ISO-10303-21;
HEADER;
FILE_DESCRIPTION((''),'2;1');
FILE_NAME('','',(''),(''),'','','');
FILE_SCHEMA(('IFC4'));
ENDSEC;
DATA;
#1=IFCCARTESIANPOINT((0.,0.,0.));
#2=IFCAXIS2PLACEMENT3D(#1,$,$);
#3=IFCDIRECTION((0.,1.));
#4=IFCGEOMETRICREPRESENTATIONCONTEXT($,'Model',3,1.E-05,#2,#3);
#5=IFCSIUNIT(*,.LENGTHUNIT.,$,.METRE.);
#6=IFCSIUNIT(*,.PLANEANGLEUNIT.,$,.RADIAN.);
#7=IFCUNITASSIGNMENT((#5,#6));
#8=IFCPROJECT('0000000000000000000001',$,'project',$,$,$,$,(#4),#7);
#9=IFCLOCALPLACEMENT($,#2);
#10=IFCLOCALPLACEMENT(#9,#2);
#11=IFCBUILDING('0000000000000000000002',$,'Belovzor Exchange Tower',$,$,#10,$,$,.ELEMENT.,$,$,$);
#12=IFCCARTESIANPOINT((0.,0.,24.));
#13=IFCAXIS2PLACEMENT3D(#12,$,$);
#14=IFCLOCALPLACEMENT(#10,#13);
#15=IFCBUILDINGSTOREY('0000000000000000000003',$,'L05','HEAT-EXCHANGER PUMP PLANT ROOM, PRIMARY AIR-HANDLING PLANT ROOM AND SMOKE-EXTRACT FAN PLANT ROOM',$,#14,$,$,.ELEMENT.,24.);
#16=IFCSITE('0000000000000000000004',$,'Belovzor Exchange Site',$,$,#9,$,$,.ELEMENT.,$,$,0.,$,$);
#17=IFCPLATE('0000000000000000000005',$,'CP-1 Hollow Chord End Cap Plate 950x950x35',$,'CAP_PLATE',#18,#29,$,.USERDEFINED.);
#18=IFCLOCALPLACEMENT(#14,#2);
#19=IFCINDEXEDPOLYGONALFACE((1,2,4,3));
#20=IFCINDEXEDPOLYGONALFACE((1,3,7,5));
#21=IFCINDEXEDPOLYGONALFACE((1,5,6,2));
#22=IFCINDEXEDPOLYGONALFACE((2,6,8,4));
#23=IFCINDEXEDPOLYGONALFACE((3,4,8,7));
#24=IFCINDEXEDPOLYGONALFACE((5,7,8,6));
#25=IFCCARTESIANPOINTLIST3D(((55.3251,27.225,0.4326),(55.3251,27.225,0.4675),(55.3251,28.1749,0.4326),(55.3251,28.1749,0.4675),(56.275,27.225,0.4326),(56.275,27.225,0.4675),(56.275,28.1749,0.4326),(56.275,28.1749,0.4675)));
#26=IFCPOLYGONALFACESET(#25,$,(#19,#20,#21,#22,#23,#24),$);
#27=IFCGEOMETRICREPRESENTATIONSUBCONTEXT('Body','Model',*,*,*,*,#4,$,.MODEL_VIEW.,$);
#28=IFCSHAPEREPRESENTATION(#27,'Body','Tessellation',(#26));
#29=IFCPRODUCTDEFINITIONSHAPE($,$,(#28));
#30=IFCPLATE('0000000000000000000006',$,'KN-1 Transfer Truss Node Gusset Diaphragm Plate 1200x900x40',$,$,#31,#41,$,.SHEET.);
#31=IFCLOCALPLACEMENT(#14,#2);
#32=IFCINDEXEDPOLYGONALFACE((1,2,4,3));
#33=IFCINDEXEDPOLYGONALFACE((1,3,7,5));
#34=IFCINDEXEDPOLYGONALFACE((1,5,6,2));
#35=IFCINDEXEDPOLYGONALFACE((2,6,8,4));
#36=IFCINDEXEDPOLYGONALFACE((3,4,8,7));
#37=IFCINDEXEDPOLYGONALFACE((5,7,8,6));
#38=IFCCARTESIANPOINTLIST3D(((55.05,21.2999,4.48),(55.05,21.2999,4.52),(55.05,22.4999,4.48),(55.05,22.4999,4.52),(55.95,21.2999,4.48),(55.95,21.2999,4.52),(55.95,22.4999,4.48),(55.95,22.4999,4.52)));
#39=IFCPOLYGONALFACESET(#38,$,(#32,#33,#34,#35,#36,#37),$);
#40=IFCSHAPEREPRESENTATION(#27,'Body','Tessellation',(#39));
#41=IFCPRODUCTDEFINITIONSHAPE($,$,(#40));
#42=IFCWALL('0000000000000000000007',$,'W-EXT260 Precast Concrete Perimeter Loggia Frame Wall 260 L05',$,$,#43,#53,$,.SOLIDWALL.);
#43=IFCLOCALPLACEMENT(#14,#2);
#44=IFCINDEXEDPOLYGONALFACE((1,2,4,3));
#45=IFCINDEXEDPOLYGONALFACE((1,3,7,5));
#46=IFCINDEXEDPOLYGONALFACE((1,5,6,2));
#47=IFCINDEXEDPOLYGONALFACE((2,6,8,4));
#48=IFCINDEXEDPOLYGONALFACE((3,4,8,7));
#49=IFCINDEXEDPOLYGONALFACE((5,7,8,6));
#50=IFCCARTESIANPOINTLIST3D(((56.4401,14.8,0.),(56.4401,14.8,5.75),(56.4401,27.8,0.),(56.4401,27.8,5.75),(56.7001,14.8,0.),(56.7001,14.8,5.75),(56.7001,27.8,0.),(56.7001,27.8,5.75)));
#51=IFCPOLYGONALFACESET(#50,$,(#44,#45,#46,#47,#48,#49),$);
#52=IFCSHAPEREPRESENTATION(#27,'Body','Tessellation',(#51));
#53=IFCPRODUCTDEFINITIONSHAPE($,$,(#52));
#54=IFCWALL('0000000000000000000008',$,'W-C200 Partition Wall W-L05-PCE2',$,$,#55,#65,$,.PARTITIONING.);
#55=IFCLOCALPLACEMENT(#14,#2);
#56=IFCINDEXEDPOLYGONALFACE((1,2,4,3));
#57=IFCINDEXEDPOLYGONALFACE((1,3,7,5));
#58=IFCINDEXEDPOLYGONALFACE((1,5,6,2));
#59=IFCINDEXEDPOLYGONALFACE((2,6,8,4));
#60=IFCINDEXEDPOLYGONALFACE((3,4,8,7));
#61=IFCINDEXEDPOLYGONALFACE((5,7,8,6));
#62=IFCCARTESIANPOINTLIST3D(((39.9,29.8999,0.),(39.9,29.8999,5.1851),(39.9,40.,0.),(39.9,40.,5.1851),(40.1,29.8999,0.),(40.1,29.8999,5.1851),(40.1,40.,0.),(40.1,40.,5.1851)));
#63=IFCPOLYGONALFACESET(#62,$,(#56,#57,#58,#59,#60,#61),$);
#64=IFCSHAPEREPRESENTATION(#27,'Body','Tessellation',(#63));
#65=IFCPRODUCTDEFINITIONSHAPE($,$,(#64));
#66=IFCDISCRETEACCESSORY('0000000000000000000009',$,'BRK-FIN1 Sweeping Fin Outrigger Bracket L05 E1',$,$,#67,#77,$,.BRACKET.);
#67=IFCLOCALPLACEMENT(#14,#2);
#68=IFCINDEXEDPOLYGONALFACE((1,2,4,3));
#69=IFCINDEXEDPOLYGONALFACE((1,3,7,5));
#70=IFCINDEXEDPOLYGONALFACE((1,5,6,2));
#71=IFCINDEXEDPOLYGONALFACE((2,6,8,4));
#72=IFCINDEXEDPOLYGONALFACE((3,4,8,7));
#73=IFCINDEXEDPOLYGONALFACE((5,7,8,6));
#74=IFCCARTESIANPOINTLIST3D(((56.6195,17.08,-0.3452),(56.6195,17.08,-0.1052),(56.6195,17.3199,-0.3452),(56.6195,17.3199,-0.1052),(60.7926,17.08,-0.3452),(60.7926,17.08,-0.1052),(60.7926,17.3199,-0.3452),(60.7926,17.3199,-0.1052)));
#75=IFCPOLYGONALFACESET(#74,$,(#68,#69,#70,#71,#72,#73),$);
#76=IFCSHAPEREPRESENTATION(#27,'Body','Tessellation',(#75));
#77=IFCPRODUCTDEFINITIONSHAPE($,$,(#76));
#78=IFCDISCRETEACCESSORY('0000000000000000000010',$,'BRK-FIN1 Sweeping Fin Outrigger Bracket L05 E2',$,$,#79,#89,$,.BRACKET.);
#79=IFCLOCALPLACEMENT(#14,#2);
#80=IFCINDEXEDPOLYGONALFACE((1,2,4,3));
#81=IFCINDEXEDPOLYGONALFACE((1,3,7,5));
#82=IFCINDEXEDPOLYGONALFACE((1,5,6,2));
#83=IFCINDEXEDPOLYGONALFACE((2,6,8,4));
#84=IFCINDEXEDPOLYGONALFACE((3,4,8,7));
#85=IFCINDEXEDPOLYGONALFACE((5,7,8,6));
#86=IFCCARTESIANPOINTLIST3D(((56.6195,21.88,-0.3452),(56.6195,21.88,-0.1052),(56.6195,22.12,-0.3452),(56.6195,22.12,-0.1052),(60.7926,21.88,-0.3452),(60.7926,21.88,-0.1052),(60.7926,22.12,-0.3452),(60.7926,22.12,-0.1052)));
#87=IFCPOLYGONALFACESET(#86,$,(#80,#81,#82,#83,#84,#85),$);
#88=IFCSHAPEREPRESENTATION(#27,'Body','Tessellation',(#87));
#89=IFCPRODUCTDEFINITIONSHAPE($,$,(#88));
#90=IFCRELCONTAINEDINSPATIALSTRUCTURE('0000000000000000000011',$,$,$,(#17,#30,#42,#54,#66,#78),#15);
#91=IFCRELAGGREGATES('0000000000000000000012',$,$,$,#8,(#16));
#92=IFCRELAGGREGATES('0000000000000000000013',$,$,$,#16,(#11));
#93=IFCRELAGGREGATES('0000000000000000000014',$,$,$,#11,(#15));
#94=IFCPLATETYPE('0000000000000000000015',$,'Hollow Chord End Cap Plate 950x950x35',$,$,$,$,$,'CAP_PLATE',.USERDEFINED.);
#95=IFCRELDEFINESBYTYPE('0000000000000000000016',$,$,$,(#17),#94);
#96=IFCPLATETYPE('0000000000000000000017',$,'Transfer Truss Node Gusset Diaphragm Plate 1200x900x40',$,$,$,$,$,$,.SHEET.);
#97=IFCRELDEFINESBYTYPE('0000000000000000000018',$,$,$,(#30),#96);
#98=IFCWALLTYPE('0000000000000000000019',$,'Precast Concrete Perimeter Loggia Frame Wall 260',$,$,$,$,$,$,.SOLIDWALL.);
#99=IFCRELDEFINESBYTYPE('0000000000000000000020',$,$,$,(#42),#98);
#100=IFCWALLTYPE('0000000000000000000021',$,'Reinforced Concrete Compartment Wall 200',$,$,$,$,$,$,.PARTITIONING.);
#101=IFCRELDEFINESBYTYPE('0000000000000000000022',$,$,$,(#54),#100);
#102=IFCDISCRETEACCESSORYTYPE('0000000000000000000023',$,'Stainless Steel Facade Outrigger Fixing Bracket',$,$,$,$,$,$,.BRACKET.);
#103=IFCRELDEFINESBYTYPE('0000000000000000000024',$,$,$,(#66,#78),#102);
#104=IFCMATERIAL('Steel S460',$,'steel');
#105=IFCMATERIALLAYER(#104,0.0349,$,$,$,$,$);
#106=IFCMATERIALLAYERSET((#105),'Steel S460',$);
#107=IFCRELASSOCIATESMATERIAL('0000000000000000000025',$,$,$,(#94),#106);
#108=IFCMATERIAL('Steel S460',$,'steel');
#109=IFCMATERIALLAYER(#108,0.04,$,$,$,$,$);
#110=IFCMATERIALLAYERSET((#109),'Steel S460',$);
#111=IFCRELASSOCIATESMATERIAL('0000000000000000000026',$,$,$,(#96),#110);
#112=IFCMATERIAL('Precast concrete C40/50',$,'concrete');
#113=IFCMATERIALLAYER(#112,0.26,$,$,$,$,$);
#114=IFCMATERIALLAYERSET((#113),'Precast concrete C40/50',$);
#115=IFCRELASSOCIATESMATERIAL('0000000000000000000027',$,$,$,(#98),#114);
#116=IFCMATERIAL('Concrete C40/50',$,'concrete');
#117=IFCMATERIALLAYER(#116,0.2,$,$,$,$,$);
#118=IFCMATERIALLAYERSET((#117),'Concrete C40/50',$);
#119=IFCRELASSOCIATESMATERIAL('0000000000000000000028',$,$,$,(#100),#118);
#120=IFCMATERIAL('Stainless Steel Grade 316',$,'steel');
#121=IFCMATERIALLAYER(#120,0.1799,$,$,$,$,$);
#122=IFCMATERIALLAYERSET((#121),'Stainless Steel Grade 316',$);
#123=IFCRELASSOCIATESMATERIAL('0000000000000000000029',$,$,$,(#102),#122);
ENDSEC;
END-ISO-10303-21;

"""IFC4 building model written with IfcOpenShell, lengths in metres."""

from ifc_helpers import new_model, si_unit, direction, frame, frame_2d, origin, origin_2d, place, context, subcontext, project, spatial, rectangle, extrude, material, layer, layer_set, type_object, element, save


model = new_model("IFC4")

# Units and contexts
model_context = context("Model", 3, precision=1e-05, world=origin(), true_north=direction((0.0, 1.0)))
body_context = subcontext(model_context, "Body", "Model", "MODEL_VIEW")
ifc_project = project(units=[si_unit("LENGTHUNIT", "METRE"), si_unit("PLANEANGLEUNIT", "RADIAN")], contexts=[model_context])

# Site, building, storey
site_placement = place(None, origin())
site = spatial("IfcSite", under=ifc_project, at=site_placement, Name="Belovzor Exchange Site", CompositionType="ELEMENT", RefElevation=0.0)
building_placement = place(site_placement, origin())
building = spatial("IfcBuilding", under=site, at=building_placement, Name="Belovzor Exchange Tower", CompositionType="ELEMENT")
storey_placement = place(building_placement, frame((0.0, 0.0, 24.0)))
storey = spatial("IfcBuildingStorey", under=building, at=storey_placement, Name="L05", Description="HEAT-EXCHANGER PUMP PLANT ROOM, PRIMARY AIR-HANDLING PLANT ROOM AND SMOKE-EXTRACT FAN PLANT ROOM", CompositionType="ELEMENT", Elevation=24.0)

# Plates
ifc_material_1 = material(Name="Steel S460", Category="steel")
ifc_layer_1 = layer(ifc_material_1, 0.0349)
ifc_layer_set_1 = layer_set([ifc_layer_1], Name="Steel S460")
plate_type_1 = type_object("IfcPlateType", Name="Hollow Chord End Cap Plate 950x950x35", ElementType="CAP_PLATE", PredefinedType="USERDEFINED", material=ifc_layer_set_1)
for number, where, z_axis, x_axis, name in (
    (1, (55.8, 27.7, 0.4326), (0.0, 0.0, 1.0), (0.0, 1.0, 0.0), "CP-1 Hollow Chord End Cap Plate 950x950x35"),
):
    element("IfcPlate", number, at=place(storey_placement, frame(where, z_axis=z_axis, x_axis=x_axis)), inside=storey, type_object=plate_type_1, Name=name, ObjectType="CAP_PLATE", PredefinedType="USERDEFINED", context=body_context, shape_type="SweptSolid", body=[
        extrude(rectangle(XDim=0.95, YDim=0.95, at=origin_2d()), origin(), (0.0, 0.0, 1.0), 0.0349),
    ])
ifc_material_2 = material(Name="Steel S460", Category="steel")
ifc_layer_2 = layer(ifc_material_2, 0.04)
ifc_layer_set_2 = layer_set([ifc_layer_2], Name="Steel S460")
plate_type_2 = type_object("IfcPlateType", Name="Transfer Truss Node Gusset Diaphragm Plate 1200x900x40", PredefinedType="SHEET", material=ifc_layer_set_2)
plate_placement = place(storey_placement, frame((55.5, 21.8999, 4.48), z_axis=(0.0, 0.0, 1.0), x_axis=(0.0, 1.0, 0.0)))
element("IfcPlate", 2, at=plate_placement, inside=storey, type_object=plate_type_2, Name="KN-1 Transfer Truss Node Gusset Diaphragm Plate 1200x900x40", PredefinedType="SHEET", context=body_context, shape_type="SweptSolid", body=[
    extrude(rectangle(XDim=1.2, YDim=0.8999, at=origin_2d()), origin(), (0.0, 0.0, 1.0), 0.04),
])

# Walls
ifc_material_3 = material(Name="Precast concrete C40/50", Category="concrete")
ifc_layer_3 = layer(ifc_material_3, 0.26)
ifc_layer_set_3 = layer_set([ifc_layer_3], Name="Precast concrete C40/50")
wall_type_1 = type_object("IfcWallType", Name="Precast Concrete Perimeter Loggia Frame Wall 260", PredefinedType="SOLIDWALL", material=ifc_layer_set_3)
wall_1_placement = place(storey_placement, frame((56.5701, 27.8, 0.0), z_axis=(0.0, 0.0, 1.0), x_axis=(0.0, -1.0, 0.0)))
element("IfcWall", 3, at=wall_1_placement, inside=storey, type_object=wall_type_1, Name="W-EXT260 Precast Concrete Perimeter Loggia Frame Wall 260 L05", PredefinedType="SOLIDWALL", context=body_context, shape_type="SweptSolid", body=[
    extrude(rectangle(XDim=13.0, YDim=0.26, at=frame_2d((6.5, 0.0))), origin(), (0.0, 0.0, 1.0), 5.75),
])
ifc_material_4 = material(Name="Concrete C40/50", Category="concrete")
ifc_layer_4 = layer(ifc_material_4, 0.2)
ifc_layer_set_4 = layer_set([ifc_layer_4], Name="Concrete C40/50")
wall_type_2 = type_object("IfcWallType", Name="Reinforced Concrete Compartment Wall 200", PredefinedType="PARTITIONING", material=ifc_layer_set_4)
wall_2_placement = place(storey_placement, frame((40.0, 29.8999, 0.0), z_axis=(0.0, 0.0, 1.0), x_axis=(0.0, 1.0, 0.0)))
element("IfcWall", 4, at=wall_2_placement, inside=storey, type_object=wall_type_2, Name="W-C200 Partition Wall W-L05-PCE2", PredefinedType="PARTITIONING", context=body_context, shape_type="SweptSolid", body=[
    extrude(rectangle(XDim=10.1001, YDim=0.2, at=frame_2d((5.05, 0.0))), origin(), (0.0, 0.0, 1.0), 5.1851),
])

# Discrete accessories
ifc_material_5 = material(Name="Stainless Steel Grade 316", Category="steel")
ifc_layer_5 = layer(ifc_material_5, 0.1799)
ifc_layer_set_5 = layer_set([ifc_layer_5], Name="Stainless Steel Grade 316")
discrete_accessory_type = type_object("IfcDiscreteAccessoryType", Name="Stainless Steel Facade Outrigger Fixing Bracket", PredefinedType="BRACKET", material=ifc_layer_set_5)
for number, where, z_axis, x_axis, name in (
    (5, (58.7061, 17.2, -0.3452), (0.0, 0.0, 1.0), (1.0, 0.0, 0.0), "BRK-FIN1 Sweeping Fin Outrigger Bracket L05 E1"),
    (6, (58.7061, 22.0, -0.3452), (0.0, 0.0, 1.0), (1.0, 0.0, 0.0), "BRK-FIN1 Sweeping Fin Outrigger Bracket L05 E2"),
):
    element("IfcDiscreteAccessory", number, at=place(storey_placement, frame(where, z_axis=z_axis, x_axis=x_axis)), inside=storey, type_object=discrete_accessory_type, Name=name, PredefinedType="BRACKET", context=body_context, shape_type="SweptSolid", body=[
        extrude(rectangle(XDim=4.1731, YDim=0.24, at=origin_2d()), origin(), (0.0, 0.0, 1.0), 0.24),
    ])

save(model, "model.ifc")
